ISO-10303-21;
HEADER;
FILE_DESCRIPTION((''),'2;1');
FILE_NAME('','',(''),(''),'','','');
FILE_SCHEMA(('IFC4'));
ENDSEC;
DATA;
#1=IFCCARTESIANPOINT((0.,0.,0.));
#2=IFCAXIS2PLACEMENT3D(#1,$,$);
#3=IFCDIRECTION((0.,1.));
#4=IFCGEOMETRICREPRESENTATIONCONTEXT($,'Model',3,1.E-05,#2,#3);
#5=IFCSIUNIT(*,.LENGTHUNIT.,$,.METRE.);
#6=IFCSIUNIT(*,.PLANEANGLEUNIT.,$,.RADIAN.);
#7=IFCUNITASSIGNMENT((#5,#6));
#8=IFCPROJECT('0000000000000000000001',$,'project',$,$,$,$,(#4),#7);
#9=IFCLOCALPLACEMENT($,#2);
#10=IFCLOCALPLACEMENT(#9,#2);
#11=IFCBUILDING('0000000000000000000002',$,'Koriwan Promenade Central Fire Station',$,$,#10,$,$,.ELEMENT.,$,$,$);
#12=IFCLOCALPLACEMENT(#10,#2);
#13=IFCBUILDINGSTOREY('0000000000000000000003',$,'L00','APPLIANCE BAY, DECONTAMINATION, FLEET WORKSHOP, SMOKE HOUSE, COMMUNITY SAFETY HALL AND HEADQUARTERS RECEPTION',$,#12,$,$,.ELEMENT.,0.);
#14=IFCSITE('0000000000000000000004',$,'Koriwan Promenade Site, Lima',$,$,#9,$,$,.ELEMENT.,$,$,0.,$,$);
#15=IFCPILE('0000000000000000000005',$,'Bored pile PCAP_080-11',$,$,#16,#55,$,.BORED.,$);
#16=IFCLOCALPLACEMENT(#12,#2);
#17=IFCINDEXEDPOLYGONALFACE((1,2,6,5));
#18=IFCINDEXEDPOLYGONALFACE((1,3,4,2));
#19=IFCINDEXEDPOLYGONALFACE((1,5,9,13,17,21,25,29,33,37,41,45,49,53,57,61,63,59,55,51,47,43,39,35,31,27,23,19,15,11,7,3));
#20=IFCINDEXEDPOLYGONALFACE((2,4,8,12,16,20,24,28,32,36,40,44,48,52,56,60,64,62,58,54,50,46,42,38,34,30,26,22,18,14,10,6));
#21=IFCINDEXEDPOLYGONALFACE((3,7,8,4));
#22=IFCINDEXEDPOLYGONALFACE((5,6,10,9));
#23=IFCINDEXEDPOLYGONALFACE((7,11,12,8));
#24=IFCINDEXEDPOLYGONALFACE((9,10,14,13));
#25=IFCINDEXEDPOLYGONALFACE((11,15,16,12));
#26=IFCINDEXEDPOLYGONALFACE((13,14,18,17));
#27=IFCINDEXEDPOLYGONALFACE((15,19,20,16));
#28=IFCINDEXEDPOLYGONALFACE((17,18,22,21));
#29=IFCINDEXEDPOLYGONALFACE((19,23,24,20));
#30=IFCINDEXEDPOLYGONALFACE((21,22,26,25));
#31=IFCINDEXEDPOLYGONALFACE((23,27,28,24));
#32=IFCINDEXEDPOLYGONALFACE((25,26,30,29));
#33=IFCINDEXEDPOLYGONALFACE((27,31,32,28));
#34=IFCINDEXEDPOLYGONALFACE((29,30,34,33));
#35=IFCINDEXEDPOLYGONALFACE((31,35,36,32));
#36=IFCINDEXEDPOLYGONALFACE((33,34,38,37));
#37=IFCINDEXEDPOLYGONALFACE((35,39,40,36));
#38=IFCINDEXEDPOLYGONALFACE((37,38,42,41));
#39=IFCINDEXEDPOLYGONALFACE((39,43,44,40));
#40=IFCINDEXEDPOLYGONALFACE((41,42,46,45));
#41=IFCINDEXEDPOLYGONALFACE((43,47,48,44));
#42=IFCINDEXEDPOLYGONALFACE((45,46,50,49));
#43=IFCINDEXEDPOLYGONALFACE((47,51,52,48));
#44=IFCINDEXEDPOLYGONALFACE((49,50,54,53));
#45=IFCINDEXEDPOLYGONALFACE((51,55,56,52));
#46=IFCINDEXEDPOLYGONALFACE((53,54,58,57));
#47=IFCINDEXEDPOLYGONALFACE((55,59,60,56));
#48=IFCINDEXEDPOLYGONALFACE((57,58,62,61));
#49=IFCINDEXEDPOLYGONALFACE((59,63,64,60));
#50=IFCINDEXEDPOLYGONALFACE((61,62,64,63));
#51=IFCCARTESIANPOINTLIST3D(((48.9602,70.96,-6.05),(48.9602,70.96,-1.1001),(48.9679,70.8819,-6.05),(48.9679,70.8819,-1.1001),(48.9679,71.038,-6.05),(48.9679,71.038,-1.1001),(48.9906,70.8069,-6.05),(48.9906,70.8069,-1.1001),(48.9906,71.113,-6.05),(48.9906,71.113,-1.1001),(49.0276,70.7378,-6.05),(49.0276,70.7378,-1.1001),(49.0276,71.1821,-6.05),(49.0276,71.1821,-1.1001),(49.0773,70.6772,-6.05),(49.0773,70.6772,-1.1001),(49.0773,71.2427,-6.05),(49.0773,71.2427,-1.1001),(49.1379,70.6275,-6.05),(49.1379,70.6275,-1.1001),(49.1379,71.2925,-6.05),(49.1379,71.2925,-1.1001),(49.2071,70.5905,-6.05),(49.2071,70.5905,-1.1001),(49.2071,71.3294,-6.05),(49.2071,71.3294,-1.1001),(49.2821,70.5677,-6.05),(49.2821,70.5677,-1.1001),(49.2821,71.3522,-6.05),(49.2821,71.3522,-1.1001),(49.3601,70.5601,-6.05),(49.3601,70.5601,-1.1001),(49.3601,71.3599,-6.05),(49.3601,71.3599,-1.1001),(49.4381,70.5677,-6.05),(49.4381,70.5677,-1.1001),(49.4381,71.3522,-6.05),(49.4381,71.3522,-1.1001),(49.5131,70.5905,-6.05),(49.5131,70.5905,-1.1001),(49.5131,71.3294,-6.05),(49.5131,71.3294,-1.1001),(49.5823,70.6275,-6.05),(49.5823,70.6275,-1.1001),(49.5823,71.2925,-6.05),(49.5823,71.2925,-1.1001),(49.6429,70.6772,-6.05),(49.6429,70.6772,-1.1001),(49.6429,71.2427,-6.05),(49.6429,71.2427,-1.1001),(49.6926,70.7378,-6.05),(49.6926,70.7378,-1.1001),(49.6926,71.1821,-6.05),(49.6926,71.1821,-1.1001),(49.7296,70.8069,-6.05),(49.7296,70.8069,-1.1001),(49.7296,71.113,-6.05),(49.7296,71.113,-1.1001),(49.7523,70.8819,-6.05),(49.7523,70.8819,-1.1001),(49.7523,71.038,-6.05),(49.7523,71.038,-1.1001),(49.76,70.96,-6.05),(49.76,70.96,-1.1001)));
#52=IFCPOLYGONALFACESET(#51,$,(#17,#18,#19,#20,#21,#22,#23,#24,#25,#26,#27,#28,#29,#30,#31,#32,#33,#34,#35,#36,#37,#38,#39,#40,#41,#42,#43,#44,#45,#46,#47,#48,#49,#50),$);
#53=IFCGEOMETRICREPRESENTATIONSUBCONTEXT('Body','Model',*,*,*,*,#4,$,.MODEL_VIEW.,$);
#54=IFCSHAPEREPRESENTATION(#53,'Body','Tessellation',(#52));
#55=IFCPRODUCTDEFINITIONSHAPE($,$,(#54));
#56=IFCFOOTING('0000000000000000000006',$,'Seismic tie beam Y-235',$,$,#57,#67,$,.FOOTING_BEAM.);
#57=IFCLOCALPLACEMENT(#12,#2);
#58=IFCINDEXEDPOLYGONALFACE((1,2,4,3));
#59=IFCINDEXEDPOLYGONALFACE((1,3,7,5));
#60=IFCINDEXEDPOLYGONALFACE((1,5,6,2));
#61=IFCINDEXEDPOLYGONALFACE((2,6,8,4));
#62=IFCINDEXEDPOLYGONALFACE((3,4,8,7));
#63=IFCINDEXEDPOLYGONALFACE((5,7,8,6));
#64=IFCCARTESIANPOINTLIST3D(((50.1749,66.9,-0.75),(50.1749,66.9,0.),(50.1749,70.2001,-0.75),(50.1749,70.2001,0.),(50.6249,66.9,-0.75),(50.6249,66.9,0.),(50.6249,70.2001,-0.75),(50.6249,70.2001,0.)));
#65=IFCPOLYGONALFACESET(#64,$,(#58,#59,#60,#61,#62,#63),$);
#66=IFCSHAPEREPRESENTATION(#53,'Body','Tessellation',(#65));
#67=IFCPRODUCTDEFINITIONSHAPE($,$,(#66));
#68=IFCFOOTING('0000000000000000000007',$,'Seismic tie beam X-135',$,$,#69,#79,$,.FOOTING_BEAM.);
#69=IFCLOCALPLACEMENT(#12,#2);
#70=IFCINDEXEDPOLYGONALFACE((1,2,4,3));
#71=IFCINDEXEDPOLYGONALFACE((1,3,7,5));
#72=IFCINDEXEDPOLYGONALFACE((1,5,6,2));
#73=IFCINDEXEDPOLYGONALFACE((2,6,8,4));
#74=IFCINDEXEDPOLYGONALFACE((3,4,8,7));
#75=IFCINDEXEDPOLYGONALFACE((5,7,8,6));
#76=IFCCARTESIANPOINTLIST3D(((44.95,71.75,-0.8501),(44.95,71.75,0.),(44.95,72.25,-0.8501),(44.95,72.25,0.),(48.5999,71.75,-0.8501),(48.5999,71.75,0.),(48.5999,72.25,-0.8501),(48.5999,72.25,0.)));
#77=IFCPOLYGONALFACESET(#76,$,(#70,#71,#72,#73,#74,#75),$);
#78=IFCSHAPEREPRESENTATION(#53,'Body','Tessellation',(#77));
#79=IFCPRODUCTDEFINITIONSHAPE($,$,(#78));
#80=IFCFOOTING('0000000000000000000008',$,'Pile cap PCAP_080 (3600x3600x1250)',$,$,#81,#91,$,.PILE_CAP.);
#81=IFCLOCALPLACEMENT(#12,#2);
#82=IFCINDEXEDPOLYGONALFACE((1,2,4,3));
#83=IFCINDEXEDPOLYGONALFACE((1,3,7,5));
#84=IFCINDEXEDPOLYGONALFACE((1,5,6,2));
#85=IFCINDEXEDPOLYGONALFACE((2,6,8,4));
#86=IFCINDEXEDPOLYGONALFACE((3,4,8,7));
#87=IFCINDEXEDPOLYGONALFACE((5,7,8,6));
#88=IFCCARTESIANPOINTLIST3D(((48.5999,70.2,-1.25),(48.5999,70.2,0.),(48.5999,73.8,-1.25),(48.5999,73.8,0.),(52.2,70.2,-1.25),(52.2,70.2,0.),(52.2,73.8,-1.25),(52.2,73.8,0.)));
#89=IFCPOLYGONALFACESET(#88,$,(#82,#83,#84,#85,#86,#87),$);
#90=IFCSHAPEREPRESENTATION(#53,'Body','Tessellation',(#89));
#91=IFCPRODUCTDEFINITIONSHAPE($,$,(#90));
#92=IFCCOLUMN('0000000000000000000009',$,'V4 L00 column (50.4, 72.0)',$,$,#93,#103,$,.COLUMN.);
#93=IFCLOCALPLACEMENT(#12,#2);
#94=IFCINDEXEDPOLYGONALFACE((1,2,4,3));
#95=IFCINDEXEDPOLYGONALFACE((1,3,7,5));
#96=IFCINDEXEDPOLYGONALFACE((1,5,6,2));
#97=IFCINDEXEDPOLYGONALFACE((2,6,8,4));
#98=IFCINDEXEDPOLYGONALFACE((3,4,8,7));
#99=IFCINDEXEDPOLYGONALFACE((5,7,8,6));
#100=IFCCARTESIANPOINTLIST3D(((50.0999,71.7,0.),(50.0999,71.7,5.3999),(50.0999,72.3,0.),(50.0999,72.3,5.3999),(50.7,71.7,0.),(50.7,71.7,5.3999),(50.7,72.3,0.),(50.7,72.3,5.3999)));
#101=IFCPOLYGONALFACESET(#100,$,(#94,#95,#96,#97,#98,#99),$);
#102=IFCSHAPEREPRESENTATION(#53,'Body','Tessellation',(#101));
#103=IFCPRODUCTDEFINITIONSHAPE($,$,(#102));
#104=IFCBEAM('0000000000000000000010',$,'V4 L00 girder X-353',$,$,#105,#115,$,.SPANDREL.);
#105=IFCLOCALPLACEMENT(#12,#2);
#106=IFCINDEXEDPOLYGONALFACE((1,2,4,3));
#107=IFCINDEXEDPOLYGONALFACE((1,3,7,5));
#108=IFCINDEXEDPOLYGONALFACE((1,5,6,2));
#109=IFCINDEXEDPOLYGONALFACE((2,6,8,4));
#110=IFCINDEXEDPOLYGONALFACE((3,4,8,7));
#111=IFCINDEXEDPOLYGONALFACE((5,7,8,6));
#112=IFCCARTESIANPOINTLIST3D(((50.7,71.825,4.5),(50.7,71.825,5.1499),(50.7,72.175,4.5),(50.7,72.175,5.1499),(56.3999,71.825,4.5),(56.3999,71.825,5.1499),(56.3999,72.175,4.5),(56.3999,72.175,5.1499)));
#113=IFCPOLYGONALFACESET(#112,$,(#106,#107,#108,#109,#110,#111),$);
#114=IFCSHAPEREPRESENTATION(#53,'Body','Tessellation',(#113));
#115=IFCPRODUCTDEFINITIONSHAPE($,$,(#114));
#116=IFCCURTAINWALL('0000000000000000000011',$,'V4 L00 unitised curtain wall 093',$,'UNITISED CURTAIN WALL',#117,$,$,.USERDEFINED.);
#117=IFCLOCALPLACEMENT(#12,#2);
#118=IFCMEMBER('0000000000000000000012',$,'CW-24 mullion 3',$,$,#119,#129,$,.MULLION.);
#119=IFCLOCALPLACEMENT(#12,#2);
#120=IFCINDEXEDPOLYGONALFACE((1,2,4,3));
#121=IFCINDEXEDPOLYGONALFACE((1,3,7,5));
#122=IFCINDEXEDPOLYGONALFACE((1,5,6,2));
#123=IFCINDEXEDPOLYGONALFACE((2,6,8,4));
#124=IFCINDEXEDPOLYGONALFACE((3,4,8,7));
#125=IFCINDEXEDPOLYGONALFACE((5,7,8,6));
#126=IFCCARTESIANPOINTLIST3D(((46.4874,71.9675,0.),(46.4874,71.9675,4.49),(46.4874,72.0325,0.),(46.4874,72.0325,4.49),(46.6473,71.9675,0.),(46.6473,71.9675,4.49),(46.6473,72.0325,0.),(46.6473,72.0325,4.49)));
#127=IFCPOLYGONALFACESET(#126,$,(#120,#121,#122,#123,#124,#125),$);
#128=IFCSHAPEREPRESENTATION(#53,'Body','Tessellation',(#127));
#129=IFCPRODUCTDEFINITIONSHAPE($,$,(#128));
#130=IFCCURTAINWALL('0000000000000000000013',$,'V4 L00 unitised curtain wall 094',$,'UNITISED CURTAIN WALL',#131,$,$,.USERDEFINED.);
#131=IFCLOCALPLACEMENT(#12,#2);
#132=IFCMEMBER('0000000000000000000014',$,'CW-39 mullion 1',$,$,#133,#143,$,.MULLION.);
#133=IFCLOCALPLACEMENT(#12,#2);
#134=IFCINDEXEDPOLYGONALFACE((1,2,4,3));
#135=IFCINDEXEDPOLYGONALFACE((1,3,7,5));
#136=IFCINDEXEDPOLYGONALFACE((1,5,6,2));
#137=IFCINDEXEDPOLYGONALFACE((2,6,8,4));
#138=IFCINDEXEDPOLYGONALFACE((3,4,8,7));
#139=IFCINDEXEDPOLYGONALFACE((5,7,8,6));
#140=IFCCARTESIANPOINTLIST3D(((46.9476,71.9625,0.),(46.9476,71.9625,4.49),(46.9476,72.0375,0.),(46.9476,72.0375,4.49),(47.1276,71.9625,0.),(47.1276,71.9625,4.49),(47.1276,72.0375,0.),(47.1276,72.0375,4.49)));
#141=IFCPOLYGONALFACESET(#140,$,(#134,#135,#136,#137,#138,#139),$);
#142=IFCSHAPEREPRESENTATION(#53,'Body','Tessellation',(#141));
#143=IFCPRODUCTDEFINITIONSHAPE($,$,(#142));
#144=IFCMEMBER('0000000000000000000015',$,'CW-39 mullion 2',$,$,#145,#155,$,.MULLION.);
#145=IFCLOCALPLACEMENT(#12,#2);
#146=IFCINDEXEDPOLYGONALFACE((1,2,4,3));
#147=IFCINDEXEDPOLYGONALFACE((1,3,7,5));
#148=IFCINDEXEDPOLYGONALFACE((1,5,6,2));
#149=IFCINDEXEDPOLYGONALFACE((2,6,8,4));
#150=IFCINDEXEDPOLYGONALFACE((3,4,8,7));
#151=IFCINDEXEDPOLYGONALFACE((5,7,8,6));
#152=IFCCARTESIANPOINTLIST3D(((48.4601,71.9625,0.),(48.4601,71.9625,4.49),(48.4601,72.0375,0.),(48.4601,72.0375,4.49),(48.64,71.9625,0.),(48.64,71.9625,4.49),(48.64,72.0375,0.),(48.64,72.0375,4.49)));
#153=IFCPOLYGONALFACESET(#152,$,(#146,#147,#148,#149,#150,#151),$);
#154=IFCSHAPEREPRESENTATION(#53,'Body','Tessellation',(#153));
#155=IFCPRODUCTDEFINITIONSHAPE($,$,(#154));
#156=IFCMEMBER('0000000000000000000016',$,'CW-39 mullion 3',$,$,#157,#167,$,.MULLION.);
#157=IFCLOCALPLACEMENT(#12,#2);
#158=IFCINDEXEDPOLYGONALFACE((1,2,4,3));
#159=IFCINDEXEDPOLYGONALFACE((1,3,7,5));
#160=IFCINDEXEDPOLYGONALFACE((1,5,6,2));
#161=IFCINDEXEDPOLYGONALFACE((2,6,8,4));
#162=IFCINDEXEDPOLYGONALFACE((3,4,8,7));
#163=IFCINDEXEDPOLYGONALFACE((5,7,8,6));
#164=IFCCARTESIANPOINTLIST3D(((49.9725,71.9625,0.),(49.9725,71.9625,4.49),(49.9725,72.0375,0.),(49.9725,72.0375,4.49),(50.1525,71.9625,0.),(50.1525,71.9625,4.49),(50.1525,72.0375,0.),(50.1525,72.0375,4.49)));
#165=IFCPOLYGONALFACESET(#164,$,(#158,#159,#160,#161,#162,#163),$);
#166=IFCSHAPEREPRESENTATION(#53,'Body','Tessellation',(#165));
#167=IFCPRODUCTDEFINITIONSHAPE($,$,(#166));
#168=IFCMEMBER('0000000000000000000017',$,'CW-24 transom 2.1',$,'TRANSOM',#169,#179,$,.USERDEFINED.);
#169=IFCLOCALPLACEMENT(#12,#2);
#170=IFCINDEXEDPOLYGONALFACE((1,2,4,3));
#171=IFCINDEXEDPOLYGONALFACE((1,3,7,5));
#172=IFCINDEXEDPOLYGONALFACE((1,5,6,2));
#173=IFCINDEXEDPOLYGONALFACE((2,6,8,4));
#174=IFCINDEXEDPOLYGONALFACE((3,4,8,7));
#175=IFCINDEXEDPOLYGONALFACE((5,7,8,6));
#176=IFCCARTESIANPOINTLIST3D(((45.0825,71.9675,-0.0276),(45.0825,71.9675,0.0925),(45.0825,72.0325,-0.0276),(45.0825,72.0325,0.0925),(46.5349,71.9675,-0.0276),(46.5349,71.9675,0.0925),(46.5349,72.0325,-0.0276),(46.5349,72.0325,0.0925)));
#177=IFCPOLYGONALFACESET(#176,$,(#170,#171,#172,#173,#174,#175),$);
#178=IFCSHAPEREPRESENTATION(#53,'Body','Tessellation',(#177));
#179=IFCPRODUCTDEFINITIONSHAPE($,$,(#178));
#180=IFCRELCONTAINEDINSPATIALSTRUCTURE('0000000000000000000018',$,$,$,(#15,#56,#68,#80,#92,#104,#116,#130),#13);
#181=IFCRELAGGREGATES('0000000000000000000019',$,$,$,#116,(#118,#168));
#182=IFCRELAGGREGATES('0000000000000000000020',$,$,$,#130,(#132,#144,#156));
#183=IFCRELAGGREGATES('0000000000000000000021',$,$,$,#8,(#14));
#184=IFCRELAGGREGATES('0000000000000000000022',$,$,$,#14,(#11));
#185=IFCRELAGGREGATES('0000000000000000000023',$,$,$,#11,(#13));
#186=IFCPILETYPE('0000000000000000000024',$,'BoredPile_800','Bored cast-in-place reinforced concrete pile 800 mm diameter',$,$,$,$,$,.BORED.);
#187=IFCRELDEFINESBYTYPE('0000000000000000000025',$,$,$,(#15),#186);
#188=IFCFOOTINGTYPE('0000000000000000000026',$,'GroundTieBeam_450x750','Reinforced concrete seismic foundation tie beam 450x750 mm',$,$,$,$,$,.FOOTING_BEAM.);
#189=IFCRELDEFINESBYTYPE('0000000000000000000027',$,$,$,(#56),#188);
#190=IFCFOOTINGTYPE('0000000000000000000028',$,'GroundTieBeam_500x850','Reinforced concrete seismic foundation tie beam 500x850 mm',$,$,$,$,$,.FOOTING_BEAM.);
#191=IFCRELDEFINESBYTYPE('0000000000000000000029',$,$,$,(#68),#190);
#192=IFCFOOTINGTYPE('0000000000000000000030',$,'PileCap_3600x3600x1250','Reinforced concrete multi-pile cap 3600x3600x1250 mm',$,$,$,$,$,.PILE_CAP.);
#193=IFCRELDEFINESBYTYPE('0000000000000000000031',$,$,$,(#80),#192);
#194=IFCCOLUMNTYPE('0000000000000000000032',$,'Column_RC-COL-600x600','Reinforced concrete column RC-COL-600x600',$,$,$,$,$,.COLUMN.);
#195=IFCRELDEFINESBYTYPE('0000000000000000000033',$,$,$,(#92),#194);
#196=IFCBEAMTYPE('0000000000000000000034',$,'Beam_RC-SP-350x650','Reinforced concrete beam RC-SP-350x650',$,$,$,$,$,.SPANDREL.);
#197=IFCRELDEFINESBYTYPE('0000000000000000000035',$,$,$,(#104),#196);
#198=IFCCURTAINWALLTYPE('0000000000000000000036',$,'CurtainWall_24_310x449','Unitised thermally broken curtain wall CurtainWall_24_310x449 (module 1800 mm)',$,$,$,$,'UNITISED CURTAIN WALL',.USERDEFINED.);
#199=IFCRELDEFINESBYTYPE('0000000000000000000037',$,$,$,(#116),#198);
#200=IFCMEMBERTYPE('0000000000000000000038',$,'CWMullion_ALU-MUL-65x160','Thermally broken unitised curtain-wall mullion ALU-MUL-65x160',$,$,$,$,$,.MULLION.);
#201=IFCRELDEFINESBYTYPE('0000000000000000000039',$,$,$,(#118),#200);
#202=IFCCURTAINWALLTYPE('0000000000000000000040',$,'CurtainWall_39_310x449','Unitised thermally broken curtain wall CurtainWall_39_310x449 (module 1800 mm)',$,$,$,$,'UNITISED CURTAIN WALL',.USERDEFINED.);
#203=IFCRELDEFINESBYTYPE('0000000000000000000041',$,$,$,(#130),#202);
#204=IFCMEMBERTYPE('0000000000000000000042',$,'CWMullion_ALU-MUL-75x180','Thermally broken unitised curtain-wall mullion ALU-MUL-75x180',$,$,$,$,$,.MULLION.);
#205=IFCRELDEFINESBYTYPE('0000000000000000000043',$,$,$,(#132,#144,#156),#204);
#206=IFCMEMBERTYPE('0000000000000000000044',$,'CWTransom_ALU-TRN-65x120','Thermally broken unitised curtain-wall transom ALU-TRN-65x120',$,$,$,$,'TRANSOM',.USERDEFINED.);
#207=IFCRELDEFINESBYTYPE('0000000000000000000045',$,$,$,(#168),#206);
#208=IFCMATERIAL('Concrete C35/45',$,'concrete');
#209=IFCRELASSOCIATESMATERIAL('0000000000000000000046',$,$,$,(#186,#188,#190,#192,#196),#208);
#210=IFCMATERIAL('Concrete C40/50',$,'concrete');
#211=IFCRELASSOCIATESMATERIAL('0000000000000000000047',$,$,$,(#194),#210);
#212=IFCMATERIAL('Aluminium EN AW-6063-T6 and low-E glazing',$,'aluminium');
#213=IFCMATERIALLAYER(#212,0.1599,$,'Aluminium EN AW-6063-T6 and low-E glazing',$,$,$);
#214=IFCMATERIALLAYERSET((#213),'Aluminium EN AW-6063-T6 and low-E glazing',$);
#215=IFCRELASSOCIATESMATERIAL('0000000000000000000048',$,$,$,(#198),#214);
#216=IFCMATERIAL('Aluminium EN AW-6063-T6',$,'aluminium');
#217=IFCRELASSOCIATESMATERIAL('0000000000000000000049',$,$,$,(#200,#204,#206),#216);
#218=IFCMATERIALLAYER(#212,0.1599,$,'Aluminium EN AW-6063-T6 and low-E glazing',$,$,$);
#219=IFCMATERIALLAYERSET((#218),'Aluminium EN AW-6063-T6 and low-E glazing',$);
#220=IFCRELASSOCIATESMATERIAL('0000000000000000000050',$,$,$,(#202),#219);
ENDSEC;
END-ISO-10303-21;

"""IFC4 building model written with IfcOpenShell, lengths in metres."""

from ifc_helpers import new_model, si_unit, direction, frame, origin, origin_2d, place, context, subcontext, project, spatial, rectangle, circle, extrude, material, layer, layer_set, material_profile, profile_set, type_object, element, aggregate, save


model = new_model("IFC4")

# Units and contexts
model_context = context("Model", 3, precision=1e-05, world=origin(), true_north=direction((0.0, 1.0)))
body_context = subcontext(model_context, "Body", "Model", "MODEL_VIEW")
ifc_project = project(units=[si_unit("LENGTHUNIT", "METRE"), si_unit("PLANEANGLEUNIT", "RADIAN")], contexts=[model_context])

# Site, building, storey
site_placement = place(None, origin())
site = spatial("IfcSite", under=ifc_project, at=site_placement, Name="Koriwan Promenade Site, Lima", CompositionType="ELEMENT", RefElevation=0.0)
building_placement = place(site_placement, origin())
building = spatial("IfcBuilding", under=site, at=building_placement, Name="Koriwan Promenade Central Fire Station", CompositionType="ELEMENT")
storey_placement = place(building_placement, origin())
storey = spatial("IfcBuildingStorey", under=building, at=storey_placement, Name="L00", Description="APPLIANCE BAY, DECONTAMINATION, FLEET WORKSHOP, SMOKE HOUSE, COMMUNITY SAFETY HALL AND HEADQUARTERS RECEPTION", CompositionType="ELEMENT", Elevation=0.0)

# Pile
ifc_material_1 = material(Name="Concrete C35/45", Category="concrete")
ifc_material_profile_1 = material_profile(ifc_material_1, circle(Radius=0.3999, at=origin_2d()), Name="PILE-D800")
ifc_profile_set_1 = profile_set([ifc_material_profile_1], Name="Concrete C35/45")
pile_type = type_object("IfcPileType", Name="BoredPile_800", Description="Bored cast-in-place reinforced concrete pile 800 mm diameter", PredefinedType="BORED", material=ifc_profile_set_1)
pile_placement = place(storey_placement, frame((49.3601, 70.96, -1.1001), z_axis=(0.0, 0.0, -1.0), x_axis=(1.0, 0.0, 0.0)))
element("IfcPile", 1, at=pile_placement, inside=storey, type_object=pile_type, Name="Bored pile PCAP_080-11", PredefinedType="BORED", context=body_context, shape_type="SweptSolid", body=[
    extrude(circle(Radius=0.3999, at=origin_2d()), origin(), (0.0, 0.0, 1.0), 4.95),
])

# Footings
footing_type_1 = type_object("IfcFootingType", Name="GroundTieBeam_450x750", Description="Reinforced concrete seismic foundation tie beam 450x750 mm", PredefinedType="FOOTING_BEAM", material=ifc_material_1)
footing_1_placement = place(storey_placement, frame((50.3999, 68.55, -0.75), z_axis=(0.0, 0.0, 1.0), x_axis=(0.0, 1.0, 0.0)))
element("IfcFooting", 2, at=footing_1_placement, inside=storey, type_object=footing_type_1, Name="Seismic tie beam Y-235", PredefinedType="FOOTING_BEAM", context=body_context, shape_type="SweptSolid", body=[
    extrude(rectangle(XDim=3.3, YDim=0.45, at=origin_2d()), origin(), (0.0, 0.0, 1.0), 0.75),
])
footing_type_2 = type_object("IfcFootingType", Name="GroundTieBeam_500x850", Description="Reinforced concrete seismic foundation tie beam 500x850 mm", PredefinedType="FOOTING_BEAM", material=ifc_material_1)
footing_2_placement = place(storey_placement, frame((46.7749, 72.0, -0.8501), z_axis=(0.0, 0.0, 1.0), x_axis=(1.0, 0.0, 0.0)))
element("IfcFooting", 3, at=footing_2_placement, inside=storey, type_object=footing_type_2, Name="Seismic tie beam X-135", PredefinedType="FOOTING_BEAM", context=body_context, shape_type="SweptSolid", body=[
    extrude(rectangle(XDim=3.6499, YDim=0.5, at=origin_2d()), origin(), (0.0, 0.0, 1.0), 0.8501),
])
footing_type_3 = type_object("IfcFootingType", Name="PileCap_3600x3600x1250", Description="Reinforced concrete multi-pile cap 3600x3600x1250 mm", PredefinedType="PILE_CAP", material=ifc_material_1)
footing_3_placement = place(storey_placement, frame((50.3999, 72.0, -1.25), z_axis=(0.0, 0.0, 1.0), x_axis=(1.0, 0.0, 0.0)))
element("IfcFooting", 4, at=footing_3_placement, inside=storey, type_object=footing_type_3, Name="Pile cap PCAP_080 (3600x3600x1250)", PredefinedType="PILE_CAP", context=body_context, shape_type="SweptSolid", body=[
    extrude(rectangle(XDim=3.6001, YDim=3.6001, at=origin_2d()), origin(), (0.0, 0.0, 1.0), 1.25),
])

# Column
ifc_material_2 = material(Name="Concrete C40/50", Category="concrete")
ifc_material_profile_2 = material_profile(ifc_material_2, rectangle(XDim=0.6001, YDim=0.6001, at=origin_2d()), Name="RC-COL-600x600")
ifc_profile_set_2 = profile_set([ifc_material_profile_2], Name="Concrete C40/50")
column_type = type_object("IfcColumnType", Name="Column_RC-COL-600x600", Description="Reinforced concrete column RC-COL-600x600", PredefinedType="COLUMN", material=ifc_profile_set_2)
column_placement = place(storey_placement, frame((50.3999, 72.0, 0.0), z_axis=(0.0, 0.0, 1.0), x_axis=(1.0, 0.0, 0.0)))
element("IfcColumn", 5, at=column_placement, inside=storey, type_object=column_type, Name="V4 L00 column (50.4, 72.0)", PredefinedType="COLUMN", context=body_context, shape_type="SweptSolid", body=[
    extrude(rectangle(XDim=0.6001, YDim=0.6001, at=origin_2d()), origin(), (0.0, 0.0, 1.0), 5.3999),
])

# Beam
ifc_material_profile_3 = material_profile(ifc_material_1, rectangle(XDim=0.3501, YDim=0.6499, at=origin_2d()), Name="RC-SP-350x650")
ifc_profile_set_3 = profile_set([ifc_material_profile_3], Name="Concrete C35/45")
beam_type = type_object("IfcBeamType", Name="Beam_RC-SP-350x650", Description="Reinforced concrete beam RC-SP-350x650", PredefinedType="SPANDREL", material=ifc_profile_set_3)
beam_placement = place(storey_placement, frame((50.7, 72.0, 4.825), z_axis=(1.0, 0.0, 0.0), x_axis=(0.0, 1.0, 0.0)))
element("IfcBeam", 6, at=beam_placement, inside=storey, type_object=beam_type, Name="V4 L00 girder X-353", PredefinedType="SPANDREL", context=body_context, shape_type="SweptSolid", body=[
    extrude(rectangle(XDim=0.3501, YDim=0.6499, at=origin_2d()), origin(), (0.0, 0.0, 1.0), 5.7),
])

# Curtain wall, member
ifc_material_3 = material(Name="Aluminium EN AW-6063-T6 and low-E glazing", Category="aluminium")
ifc_layer_1 = layer(ifc_material_3, 0.1599, Name="Aluminium EN AW-6063-T6 and low-E glazing")
ifc_layer_set_1 = layer_set([ifc_layer_1], Name="Aluminium EN AW-6063-T6 and low-E glazing")
curtain_wall_type_1 = type_object("IfcCurtainWallType", Name="CurtainWall_24_310x449", Description="Unitised thermally broken curtain wall CurtainWall_24_310x449 (module 1800 mm)", ElementType="UNITISED CURTAIN WALL", PredefinedType="USERDEFINED", material=ifc_layer_set_1)
curtain_wall_1_placement = place(storey_placement, origin())
curtain_wall_1 = element("IfcCurtainWall", 7, at=curtain_wall_1_placement, inside=storey, type_object=curtain_wall_type_1, Name="V4 L00 unitised curtain wall 093", ObjectType="UNITISED CURTAIN WALL", PredefinedType="USERDEFINED")
ifc_material_4 = material(Name="Aluminium EN AW-6063-T6", Category="aluminium")
ifc_material_profile_4 = material_profile(ifc_material_4, rectangle(XDim=0.0649, YDim=0.1599, at=origin_2d()), Name="ALU-MUL-65x160")
ifc_profile_set_4 = profile_set([ifc_material_profile_4], Name="Aluminium EN AW-6063-T6")
member_type_1 = type_object("IfcMemberType", Name="CWMullion_ALU-MUL-65x160", Description="Thermally broken unitised curtain-wall mullion ALU-MUL-65x160", PredefinedType="MULLION", material=ifc_profile_set_4)
member_1_placement = place(storey_placement, frame((46.5674, 72.0, 0.0), z_axis=(0.0, 0.0, 1.0), x_axis=(0.0, 1.0, 0.0)))
member_1 = element("IfcMember", 8, at=member_1_placement, type_object=member_type_1, Name="CW-24 mullion 3", PredefinedType="MULLION", context=body_context, shape_type="SweptSolid", body=[
    extrude(rectangle(XDim=0.0649, YDim=0.1599, at=origin_2d()), origin(), (0.0, 0.0, 1.0), 4.49),
])

# Curtain wall, members
ifc_layer_2 = layer(ifc_material_3, 0.1599, Name="Aluminium EN AW-6063-T6 and low-E glazing")
ifc_layer_set_2 = layer_set([ifc_layer_2], Name="Aluminium EN AW-6063-T6 and low-E glazing")
curtain_wall_type_2 = type_object("IfcCurtainWallType", Name="CurtainWall_39_310x449", Description="Unitised thermally broken curtain wall CurtainWall_39_310x449 (module 1800 mm)", ElementType="UNITISED CURTAIN WALL", PredefinedType="USERDEFINED", material=ifc_layer_set_2)
curtain_wall_2_placement = place(storey_placement, origin())
curtain_wall_2 = element("IfcCurtainWall", 9, at=curtain_wall_2_placement, inside=storey, type_object=curtain_wall_type_2, Name="V4 L00 unitised curtain wall 094", ObjectType="UNITISED CURTAIN WALL", PredefinedType="USERDEFINED")
ifc_material_profile_5 = material_profile(ifc_material_4, rectangle(XDim=0.075, YDim=0.1799, at=origin_2d()), Name="ALU-MUL-75x180")
ifc_profile_set_5 = profile_set([ifc_material_profile_5], Name="Aluminium EN AW-6063-T6")
member_type_2 = type_object("IfcMemberType", Name="CWMullion_ALU-MUL-75x180", Description="Thermally broken unitised curtain-wall mullion ALU-MUL-75x180", PredefinedType="MULLION", material=ifc_profile_set_5)
member_2_placement = place(storey_placement, frame((47.0376, 72.0, 0.0), z_axis=(0.0, 0.0, 1.0), x_axis=(0.0, 1.0, 0.0)))
member_2 = element("IfcMember", 10, at=member_2_placement, type_object=member_type_2, Name="CW-39 mullion 1", PredefinedType="MULLION", context=body_context, shape_type="SweptSolid", body=[
    extrude(rectangle(XDim=0.075, YDim=0.1799, at=origin_2d()), origin(), (0.0, 0.0, 1.0), 4.49),
])
member_3_placement = place(storey_placement, frame((48.55, 72.0, 0.0), z_axis=(0.0, 0.0, 1.0), x_axis=(0.0, 1.0, 0.0)))
member_3 = element("IfcMember", 11, at=member_3_placement, type_object=member_type_2, Name="CW-39 mullion 2", PredefinedType="MULLION", context=body_context, shape_type="SweptSolid", body=[
    extrude(rectangle(XDim=0.075, YDim=0.1799, at=origin_2d()), origin(), (0.0, 0.0, 1.0), 4.49),
])
member_4_placement = place(storey_placement, frame((50.0625, 72.0, 0.0), z_axis=(0.0, 0.0, 1.0), x_axis=(0.0, 1.0, 0.0)))
member_4 = element("IfcMember", 12, at=member_4_placement, type_object=member_type_2, Name="CW-39 mullion 3", PredefinedType="MULLION", context=body_context, shape_type="SweptSolid", body=[
    extrude(rectangle(XDim=0.075, YDim=0.1799, at=origin_2d()), origin(), (0.0, 0.0, 1.0), 4.49),
])

# Member
ifc_material_profile_6 = material_profile(ifc_material_4, rectangle(XDim=0.0649, YDim=0.1201, at=origin_2d()), Name="ALU-TRN-65x120")
ifc_profile_set_6 = profile_set([ifc_material_profile_6], Name="Aluminium EN AW-6063-T6")
member_type_3 = type_object("IfcMemberType", Name="CWTransom_ALU-TRN-65x120", Description="Thermally broken unitised curtain-wall transom ALU-TRN-65x120", ElementType="TRANSOM", PredefinedType="USERDEFINED", material=ifc_profile_set_6)
member_5_placement = place(storey_placement, frame((45.0825, 72.0, 0.0325), z_axis=(1.0, 0.0, 0.0), x_axis=(0.0, 1.0, 0.0)))
member_5 = element("IfcMember", 13, at=member_5_placement, type_object=member_type_3, Name="CW-24 transom 2.1", ObjectType="TRANSOM", PredefinedType="USERDEFINED", context=body_context, shape_type="SweptSolid", body=[
    extrude(rectangle(XDim=0.0649, YDim=0.1201, at=origin_2d()), origin(), (0.0, 0.0, 1.0), 1.4524),
])

aggregate(curtain_wall_1, [member_1, member_5])
aggregate(curtain_wall_2, [member_2, member_3, member_4])

save(model, "model.ifc")
